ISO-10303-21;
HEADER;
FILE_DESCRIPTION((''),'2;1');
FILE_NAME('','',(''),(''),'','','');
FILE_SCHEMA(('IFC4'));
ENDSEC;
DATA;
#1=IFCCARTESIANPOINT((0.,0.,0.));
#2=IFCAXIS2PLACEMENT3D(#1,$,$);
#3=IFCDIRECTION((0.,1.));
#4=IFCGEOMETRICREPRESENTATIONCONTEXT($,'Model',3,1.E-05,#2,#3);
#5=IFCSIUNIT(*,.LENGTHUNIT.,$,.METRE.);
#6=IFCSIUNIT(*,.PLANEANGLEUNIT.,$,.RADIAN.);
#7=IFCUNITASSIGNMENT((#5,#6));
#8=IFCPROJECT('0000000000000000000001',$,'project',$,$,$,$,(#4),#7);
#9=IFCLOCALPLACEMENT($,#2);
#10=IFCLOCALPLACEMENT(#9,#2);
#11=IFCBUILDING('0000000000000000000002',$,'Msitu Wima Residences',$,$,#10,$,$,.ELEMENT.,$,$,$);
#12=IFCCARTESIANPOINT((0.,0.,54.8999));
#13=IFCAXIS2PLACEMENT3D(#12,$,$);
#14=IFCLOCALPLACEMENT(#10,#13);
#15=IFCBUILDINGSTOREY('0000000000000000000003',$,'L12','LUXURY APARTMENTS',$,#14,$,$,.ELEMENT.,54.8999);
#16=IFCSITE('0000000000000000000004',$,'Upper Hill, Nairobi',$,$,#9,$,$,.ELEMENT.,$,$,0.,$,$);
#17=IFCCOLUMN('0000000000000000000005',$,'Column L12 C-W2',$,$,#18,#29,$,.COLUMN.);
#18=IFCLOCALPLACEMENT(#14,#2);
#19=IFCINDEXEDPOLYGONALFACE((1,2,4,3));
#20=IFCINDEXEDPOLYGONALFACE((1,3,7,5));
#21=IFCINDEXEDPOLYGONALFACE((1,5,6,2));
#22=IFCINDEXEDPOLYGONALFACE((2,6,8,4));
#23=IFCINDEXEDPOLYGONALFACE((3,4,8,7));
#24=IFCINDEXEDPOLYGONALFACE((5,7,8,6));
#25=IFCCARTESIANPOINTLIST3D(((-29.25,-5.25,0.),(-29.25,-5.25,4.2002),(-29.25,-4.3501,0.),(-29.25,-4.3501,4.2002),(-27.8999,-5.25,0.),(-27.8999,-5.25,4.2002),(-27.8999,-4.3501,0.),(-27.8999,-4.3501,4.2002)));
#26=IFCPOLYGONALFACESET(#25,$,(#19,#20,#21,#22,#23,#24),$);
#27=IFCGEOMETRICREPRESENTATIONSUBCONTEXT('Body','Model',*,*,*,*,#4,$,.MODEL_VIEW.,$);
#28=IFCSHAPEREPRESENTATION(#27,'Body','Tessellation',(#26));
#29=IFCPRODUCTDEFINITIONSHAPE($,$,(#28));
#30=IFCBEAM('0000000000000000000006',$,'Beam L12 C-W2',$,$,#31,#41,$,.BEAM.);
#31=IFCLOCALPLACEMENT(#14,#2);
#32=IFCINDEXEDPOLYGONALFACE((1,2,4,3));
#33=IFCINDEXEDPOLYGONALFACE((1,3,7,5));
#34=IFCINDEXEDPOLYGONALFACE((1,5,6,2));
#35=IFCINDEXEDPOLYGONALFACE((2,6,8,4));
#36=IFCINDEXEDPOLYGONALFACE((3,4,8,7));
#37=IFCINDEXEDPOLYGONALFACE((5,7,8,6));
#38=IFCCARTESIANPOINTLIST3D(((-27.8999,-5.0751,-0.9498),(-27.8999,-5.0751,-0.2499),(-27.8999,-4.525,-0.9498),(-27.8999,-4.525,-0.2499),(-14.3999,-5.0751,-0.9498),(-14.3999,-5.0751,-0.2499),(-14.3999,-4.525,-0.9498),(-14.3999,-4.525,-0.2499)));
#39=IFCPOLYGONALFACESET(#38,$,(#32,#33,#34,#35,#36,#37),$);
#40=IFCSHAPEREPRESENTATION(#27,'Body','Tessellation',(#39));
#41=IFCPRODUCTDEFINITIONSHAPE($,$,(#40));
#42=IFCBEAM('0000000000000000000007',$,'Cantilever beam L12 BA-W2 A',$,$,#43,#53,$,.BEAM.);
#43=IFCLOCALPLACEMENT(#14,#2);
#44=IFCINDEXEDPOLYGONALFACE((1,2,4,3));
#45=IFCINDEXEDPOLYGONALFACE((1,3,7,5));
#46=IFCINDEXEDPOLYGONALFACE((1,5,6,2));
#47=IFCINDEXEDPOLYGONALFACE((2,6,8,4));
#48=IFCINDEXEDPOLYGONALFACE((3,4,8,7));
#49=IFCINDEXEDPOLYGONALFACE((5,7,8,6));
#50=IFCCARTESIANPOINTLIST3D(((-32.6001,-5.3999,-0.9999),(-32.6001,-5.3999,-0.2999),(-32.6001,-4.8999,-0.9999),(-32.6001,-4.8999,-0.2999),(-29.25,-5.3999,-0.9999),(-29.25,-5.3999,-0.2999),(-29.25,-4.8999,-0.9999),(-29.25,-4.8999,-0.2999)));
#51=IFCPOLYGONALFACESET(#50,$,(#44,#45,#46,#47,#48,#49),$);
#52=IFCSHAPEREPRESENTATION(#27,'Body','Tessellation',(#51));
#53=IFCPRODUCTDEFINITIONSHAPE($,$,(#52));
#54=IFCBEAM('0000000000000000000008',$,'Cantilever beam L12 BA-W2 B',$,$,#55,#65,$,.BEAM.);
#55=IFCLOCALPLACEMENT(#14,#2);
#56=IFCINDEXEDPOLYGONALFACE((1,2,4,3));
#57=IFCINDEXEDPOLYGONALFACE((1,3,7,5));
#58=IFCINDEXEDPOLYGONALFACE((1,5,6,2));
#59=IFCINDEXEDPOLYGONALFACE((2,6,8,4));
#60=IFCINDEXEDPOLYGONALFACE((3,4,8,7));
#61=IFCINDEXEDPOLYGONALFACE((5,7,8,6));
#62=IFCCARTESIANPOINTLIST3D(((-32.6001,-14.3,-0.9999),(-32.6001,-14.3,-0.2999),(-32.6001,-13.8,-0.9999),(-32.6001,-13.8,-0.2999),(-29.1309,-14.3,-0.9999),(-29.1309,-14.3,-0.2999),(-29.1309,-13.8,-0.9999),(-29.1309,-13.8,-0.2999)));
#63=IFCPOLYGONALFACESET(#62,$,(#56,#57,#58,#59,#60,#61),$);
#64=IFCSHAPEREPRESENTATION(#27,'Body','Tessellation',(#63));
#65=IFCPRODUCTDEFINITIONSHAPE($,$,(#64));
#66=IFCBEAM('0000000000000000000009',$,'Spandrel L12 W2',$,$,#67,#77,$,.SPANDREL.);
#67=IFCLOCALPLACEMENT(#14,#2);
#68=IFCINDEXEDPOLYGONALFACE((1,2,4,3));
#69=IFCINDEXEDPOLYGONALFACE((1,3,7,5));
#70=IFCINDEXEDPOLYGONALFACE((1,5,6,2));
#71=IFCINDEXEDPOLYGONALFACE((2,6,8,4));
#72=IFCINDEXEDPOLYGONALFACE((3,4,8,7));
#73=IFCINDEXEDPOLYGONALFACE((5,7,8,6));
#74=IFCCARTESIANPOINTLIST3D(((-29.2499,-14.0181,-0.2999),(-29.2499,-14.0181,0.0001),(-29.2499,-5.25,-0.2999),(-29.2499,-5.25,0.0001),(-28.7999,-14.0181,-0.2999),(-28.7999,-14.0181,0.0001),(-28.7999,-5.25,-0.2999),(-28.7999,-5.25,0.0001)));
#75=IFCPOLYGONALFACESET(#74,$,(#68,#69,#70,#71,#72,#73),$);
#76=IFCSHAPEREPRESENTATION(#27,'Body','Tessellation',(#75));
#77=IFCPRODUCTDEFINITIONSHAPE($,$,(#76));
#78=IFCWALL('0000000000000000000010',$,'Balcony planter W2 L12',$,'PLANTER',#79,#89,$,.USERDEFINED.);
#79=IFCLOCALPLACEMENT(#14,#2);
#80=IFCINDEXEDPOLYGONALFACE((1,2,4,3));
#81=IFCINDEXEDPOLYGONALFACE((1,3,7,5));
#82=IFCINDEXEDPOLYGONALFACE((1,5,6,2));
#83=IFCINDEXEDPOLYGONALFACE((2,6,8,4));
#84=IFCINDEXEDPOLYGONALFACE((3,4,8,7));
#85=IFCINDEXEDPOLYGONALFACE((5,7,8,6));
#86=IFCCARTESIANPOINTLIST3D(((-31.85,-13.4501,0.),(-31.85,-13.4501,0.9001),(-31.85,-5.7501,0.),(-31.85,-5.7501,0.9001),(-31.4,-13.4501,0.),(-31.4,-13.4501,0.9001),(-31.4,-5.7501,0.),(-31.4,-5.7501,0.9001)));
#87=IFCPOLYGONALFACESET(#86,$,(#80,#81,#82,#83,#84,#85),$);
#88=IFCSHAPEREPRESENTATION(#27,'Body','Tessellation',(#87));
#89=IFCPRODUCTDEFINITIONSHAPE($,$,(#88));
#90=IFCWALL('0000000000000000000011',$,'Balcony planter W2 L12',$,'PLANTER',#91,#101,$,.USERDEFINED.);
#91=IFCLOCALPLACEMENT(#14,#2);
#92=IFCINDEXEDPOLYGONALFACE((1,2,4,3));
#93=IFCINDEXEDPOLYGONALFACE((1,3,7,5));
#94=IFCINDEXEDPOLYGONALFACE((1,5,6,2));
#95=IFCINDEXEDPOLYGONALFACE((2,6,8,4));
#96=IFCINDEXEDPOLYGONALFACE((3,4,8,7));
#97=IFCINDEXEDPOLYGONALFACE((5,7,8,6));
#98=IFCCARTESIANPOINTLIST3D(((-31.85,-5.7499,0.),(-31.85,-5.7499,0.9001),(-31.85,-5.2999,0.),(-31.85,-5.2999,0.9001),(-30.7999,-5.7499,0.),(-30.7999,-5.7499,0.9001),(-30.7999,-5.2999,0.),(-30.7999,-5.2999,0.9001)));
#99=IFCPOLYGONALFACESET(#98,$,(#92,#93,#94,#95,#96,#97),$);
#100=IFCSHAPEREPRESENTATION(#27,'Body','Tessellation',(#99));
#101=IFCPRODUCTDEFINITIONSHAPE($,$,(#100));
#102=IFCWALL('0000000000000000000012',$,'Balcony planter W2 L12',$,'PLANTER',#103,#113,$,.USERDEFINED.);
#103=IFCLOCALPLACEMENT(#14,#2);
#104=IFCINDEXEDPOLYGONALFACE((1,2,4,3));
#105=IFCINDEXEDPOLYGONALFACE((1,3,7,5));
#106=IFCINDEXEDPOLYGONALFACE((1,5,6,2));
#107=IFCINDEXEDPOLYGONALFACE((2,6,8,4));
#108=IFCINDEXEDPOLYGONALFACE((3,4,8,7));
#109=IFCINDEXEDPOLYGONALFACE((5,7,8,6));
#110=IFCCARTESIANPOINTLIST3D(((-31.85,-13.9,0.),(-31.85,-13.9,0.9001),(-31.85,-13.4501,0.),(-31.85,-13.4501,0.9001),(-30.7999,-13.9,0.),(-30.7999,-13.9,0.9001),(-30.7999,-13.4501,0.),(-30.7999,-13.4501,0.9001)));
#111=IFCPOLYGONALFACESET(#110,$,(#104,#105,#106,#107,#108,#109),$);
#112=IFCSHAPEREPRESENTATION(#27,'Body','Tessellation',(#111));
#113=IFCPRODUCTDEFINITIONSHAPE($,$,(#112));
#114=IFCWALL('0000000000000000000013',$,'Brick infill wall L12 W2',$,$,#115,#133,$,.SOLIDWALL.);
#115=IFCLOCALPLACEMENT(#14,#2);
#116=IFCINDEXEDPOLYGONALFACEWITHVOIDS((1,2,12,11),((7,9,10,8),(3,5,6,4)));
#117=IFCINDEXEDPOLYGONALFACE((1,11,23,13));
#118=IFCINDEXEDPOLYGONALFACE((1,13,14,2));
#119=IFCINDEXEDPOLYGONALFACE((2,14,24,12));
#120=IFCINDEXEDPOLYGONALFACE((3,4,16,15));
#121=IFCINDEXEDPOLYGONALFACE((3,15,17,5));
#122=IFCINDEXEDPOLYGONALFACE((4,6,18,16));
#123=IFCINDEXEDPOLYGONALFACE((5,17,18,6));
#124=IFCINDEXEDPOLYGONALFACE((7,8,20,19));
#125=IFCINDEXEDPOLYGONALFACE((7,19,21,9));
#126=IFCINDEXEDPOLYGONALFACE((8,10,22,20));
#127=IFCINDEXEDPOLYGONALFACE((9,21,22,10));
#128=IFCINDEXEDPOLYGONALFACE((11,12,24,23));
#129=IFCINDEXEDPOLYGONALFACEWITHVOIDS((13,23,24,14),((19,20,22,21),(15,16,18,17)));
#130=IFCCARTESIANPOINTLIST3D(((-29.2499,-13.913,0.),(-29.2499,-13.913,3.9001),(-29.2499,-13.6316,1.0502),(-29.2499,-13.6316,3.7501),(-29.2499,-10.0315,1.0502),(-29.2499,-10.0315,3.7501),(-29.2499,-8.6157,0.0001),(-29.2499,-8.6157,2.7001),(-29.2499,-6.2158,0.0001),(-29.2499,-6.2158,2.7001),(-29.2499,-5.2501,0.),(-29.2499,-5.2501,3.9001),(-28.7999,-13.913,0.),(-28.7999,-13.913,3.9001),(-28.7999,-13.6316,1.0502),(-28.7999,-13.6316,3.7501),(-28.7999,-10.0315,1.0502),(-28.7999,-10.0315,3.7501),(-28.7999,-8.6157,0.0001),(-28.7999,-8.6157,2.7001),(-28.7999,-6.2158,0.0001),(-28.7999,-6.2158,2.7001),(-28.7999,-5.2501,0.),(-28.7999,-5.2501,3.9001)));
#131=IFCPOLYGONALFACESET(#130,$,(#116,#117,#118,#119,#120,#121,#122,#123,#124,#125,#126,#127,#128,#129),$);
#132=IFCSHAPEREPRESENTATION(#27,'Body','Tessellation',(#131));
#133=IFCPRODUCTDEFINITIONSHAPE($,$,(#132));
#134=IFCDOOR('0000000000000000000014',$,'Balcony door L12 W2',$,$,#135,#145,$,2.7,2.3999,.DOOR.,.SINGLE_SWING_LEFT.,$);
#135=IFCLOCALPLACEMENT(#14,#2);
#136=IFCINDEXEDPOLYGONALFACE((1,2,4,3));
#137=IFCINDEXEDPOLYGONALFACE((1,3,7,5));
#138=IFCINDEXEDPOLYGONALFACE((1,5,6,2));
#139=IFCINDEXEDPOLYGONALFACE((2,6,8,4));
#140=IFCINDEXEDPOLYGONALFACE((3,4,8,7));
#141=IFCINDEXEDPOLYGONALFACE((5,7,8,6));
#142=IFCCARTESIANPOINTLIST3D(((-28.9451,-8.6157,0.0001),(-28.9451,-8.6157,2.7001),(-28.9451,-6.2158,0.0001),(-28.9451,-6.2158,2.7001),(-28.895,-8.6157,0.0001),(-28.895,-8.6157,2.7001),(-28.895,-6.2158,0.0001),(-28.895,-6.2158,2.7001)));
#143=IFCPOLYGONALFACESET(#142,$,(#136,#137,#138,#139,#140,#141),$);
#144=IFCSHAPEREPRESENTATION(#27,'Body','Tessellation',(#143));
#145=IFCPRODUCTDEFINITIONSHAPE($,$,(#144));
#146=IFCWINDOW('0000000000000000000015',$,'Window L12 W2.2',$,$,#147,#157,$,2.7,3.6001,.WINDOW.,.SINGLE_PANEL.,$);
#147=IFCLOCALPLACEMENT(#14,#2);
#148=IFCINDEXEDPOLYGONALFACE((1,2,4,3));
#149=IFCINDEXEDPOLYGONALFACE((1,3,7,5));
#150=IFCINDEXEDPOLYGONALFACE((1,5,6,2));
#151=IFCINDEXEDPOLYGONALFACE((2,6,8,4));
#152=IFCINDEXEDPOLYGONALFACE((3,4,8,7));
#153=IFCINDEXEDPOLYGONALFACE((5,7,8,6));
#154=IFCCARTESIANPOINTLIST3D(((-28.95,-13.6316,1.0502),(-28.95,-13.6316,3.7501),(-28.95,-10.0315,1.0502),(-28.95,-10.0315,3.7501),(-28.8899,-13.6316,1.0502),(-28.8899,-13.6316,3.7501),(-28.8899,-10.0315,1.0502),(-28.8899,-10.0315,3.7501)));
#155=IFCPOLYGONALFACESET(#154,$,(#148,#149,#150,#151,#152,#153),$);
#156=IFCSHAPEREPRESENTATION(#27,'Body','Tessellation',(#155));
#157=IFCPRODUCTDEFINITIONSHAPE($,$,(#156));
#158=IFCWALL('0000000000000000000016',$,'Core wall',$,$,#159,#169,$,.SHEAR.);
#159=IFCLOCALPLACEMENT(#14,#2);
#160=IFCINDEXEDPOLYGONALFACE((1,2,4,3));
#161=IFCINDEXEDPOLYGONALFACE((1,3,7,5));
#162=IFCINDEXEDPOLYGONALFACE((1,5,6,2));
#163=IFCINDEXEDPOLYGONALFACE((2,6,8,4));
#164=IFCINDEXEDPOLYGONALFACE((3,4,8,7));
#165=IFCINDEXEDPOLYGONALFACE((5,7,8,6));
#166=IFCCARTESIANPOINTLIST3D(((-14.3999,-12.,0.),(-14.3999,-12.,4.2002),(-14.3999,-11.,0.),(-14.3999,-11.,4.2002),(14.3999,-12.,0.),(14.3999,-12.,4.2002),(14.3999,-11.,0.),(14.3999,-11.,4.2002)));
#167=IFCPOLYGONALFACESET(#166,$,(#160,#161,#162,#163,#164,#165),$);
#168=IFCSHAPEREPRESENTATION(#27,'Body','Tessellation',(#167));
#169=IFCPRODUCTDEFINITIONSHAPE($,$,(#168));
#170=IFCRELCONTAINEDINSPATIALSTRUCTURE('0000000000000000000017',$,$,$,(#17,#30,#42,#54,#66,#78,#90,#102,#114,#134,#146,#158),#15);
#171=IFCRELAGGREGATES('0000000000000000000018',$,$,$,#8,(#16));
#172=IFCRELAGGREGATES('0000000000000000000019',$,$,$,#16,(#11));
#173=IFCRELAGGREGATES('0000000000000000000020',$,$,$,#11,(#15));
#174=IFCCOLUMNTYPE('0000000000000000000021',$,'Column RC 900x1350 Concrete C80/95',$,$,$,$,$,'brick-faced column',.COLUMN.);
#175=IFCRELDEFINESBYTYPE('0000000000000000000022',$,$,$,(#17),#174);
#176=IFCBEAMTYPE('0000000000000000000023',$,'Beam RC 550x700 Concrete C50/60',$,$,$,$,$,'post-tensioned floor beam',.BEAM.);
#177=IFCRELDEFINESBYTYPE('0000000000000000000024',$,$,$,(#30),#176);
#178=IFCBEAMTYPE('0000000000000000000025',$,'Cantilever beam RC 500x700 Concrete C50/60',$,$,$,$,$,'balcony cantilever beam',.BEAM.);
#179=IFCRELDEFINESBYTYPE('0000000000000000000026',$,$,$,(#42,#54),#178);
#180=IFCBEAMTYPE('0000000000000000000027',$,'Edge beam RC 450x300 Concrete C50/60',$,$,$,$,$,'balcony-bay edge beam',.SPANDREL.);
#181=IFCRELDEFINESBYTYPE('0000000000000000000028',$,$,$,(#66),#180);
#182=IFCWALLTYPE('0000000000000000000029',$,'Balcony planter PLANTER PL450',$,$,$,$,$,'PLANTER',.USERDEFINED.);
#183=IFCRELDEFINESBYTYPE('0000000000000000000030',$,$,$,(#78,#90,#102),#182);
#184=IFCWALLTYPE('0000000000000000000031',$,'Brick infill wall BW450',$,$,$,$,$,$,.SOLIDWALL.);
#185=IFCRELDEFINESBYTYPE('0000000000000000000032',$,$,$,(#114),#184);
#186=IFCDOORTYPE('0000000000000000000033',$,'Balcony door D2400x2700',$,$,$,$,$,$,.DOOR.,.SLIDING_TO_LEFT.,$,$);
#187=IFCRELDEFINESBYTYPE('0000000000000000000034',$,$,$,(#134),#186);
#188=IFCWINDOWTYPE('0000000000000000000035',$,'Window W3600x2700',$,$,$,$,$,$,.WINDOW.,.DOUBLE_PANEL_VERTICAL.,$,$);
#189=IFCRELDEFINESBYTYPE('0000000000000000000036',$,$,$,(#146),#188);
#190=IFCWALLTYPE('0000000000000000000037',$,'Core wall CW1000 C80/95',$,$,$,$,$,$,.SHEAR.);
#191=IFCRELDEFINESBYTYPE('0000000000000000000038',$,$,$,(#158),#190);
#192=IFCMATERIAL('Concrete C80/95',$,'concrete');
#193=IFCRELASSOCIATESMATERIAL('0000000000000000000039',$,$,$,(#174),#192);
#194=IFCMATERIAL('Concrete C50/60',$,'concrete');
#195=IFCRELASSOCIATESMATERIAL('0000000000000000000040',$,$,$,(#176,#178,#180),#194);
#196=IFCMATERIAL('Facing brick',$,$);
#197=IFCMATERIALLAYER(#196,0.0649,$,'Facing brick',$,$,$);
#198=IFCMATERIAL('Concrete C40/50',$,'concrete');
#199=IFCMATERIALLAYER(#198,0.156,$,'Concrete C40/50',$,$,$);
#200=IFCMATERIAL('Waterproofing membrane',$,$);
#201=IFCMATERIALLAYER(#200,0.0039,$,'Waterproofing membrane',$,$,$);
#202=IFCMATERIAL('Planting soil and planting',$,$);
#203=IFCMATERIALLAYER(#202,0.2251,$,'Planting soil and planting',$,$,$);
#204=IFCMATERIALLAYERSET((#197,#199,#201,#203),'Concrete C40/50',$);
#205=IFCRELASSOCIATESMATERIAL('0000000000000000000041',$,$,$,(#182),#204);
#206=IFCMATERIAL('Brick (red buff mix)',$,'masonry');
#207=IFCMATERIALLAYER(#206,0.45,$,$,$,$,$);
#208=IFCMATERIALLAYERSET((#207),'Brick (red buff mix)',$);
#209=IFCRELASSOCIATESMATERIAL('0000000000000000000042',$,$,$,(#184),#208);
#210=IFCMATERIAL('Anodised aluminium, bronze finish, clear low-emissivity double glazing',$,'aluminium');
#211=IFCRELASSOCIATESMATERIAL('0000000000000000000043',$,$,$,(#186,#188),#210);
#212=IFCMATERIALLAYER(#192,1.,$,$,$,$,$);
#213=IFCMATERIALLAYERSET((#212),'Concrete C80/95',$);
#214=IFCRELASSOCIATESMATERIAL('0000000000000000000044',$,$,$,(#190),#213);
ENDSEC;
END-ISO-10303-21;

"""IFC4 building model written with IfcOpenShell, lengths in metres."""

from ifc_helpers import new_model, si_unit, direction, frame, frame_2d, origin, origin_2d, place, context, subcontext, project, spatial, rectangle, extrude, material, layer, layer_set, material_profile, profile_set, type_object, element, fill, save


model = new_model("IFC4")

# Units and contexts
model_context = context("Model", 3, precision=1e-05, world=origin(), true_north=direction((0.0, 1.0)))
body_context = subcontext(model_context, "Body", "Model", "MODEL_VIEW")
ifc_project = project(units=[si_unit("LENGTHUNIT", "METRE"), si_unit("PLANEANGLEUNIT", "RADIAN")], contexts=[model_context])

# Site, building, storey
site_placement = place(None, origin())
site = spatial("IfcSite", under=ifc_project, at=site_placement, Name="Upper Hill, Nairobi", CompositionType="ELEMENT", RefElevation=0.0)
building_placement = place(site_placement, origin())
building = spatial("IfcBuilding", under=site, at=building_placement, Name="Msitu Wima Residences", CompositionType="ELEMENT")
storey_placement = place(building_placement, frame((0.0, 0.0, 54.8999)))
storey = spatial("IfcBuildingStorey", under=building, at=storey_placement, Name="L12", Description="LUXURY APARTMENTS", CompositionType="ELEMENT", Elevation=54.8999)

# Column
ifc_material_1 = material(Name="Concrete C80/95", Category="concrete")
ifc_material_profile_1 = material_profile(ifc_material_1, rectangle(XDim=0.8999, YDim=1.3501, at=origin_2d()), Name="RC 900x1350")
ifc_profile_set_1 = profile_set([ifc_material_profile_1], Name="Concrete C80/95")
column_type = type_object("IfcColumnType", Name="Column RC 900x1350 Concrete C80/95", ElementType="brick-faced column", PredefinedType="COLUMN", material=ifc_profile_set_1)
column_placement = place(storey_placement, frame((-28.575, -4.8, 0.0), z_axis=(0.0, 0.0, 1.0), x_axis=(0.0, -1.0, 0.0)))
element("IfcColumn", 1, at=column_placement, inside=storey, type_object=column_type, Name="Column L12 C-W2", PredefinedType="COLUMN", context=body_context, shape_type="SweptSolid", body=[
    extrude(rectangle(XDim=0.8999, YDim=1.3501, at=origin_2d()), origin(), (0.0, 0.0, 1.0), 4.2002),
])

# Beams
ifc_material_2 = material(Name="Concrete C50/60", Category="concrete")
ifc_material_profile_2 = material_profile(ifc_material_2, rectangle(XDim=0.55, YDim=0.7, at=origin_2d()), Name="RC 550x700")
ifc_profile_set_2 = profile_set([ifc_material_profile_2], Name="Concrete C50/60")
beam_type_1 = type_object("IfcBeamType", Name="Beam RC 550x700 Concrete C50/60", ElementType="post-tensioned floor beam", PredefinedType="BEAM", material=ifc_profile_set_2)
beam_1_placement = place(storey_placement, frame((-27.8999, -4.8, -0.5999), z_axis=(1.0, 0.0, 0.0), x_axis=(0.0, 1.0, 0.0)))
element("IfcBeam", 2, at=beam_1_placement, inside=storey, type_object=beam_type_1, Name="Beam L12 C-W2", PredefinedType="BEAM", context=body_context, shape_type="SweptSolid", body=[
    extrude(rectangle(XDim=0.55, YDim=0.7, at=origin_2d()), origin(), (0.0, 0.0, 1.0), 13.5),
])
ifc_material_profile_3 = material_profile(ifc_material_2, rectangle(XDim=0.5, YDim=0.7, at=origin_2d()), Name="RC 500x700")
ifc_profile_set_3 = profile_set([ifc_material_profile_3], Name="Concrete C50/60")
beam_type_2 = type_object("IfcBeamType", Name="Cantilever beam RC 500x700 Concrete C50/60", ElementType="balcony cantilever beam", PredefinedType="BEAM", material=ifc_profile_set_3)
beam_2_placement = place(storey_placement, frame((-29.25, -5.1499, -0.6499), z_axis=(-1.0, 0.0, 0.0), x_axis=(0.0, -1.0, 0.0)))
element("IfcBeam", 3, at=beam_2_placement, inside=storey, type_object=beam_type_2, Name="Cantilever beam L12 BA-W2 A", PredefinedType="BEAM", context=body_context, shape_type="SweptSolid", body=[
    extrude(rectangle(XDim=0.5, YDim=0.7, at=origin_2d()), origin(), (0.0, 0.0, 1.0), 3.3501),
])
beam_3_placement = place(storey_placement, frame((-29.1309, -14.05, -0.6499), z_axis=(-1.0, 0.0, 0.0), x_axis=(0.0, -1.0, 0.0)))
element("IfcBeam", 4, at=beam_3_placement, inside=storey, type_object=beam_type_2, Name="Cantilever beam L12 BA-W2 B", PredefinedType="BEAM", context=body_context, shape_type="SweptSolid", body=[
    extrude(rectangle(XDim=0.5, YDim=0.7, at=origin_2d()), origin(), (0.0, 0.0, 1.0), 3.4692),
])
ifc_material_profile_4 = material_profile(ifc_material_2, rectangle(XDim=0.45, YDim=0.3, at=origin_2d()), Name="RC 450x300")
ifc_profile_set_4 = profile_set([ifc_material_profile_4], Name="Concrete C50/60")
beam_type_3 = type_object("IfcBeamType", Name="Edge beam RC 450x300 Concrete C50/60", ElementType="balcony-bay edge beam", PredefinedType="SPANDREL", material=ifc_profile_set_4)
beam_4_placement = place(storey_placement, frame((-29.0249, -5.25, -0.1499), z_axis=(0.0, -1.0, 0.0), x_axis=(1.0, 0.0, 0.0)))
element("IfcBeam", 5, at=beam_4_placement, inside=storey, type_object=beam_type_3, Name="Spandrel L12 W2", PredefinedType="SPANDREL", context=body_context, shape_type="SweptSolid", body=[
    extrude(rectangle(XDim=0.45, YDim=0.3, at=origin_2d()), origin(), (0.0, 0.0, 1.0), 8.7681),
])

# Walls
ifc_material_3 = material(Name="Facing brick")
ifc_layer_1 = layer(ifc_material_3, 0.0649, Name="Facing brick")
ifc_material_4 = material(Name="Concrete C40/50", Category="concrete")
ifc_layer_2 = layer(ifc_material_4, 0.156, Name="Concrete C40/50")
ifc_material_5 = material(Name="Waterproofing membrane")
ifc_layer_3 = layer(ifc_material_5, 0.0039, Name="Waterproofing membrane")
ifc_material_6 = material(Name="Planting soil and planting")
ifc_layer_4 = layer(ifc_material_6, 0.2251, Name="Planting soil and planting")
ifc_layer_set_1 = layer_set([ifc_layer_1, ifc_layer_2, ifc_layer_3, ifc_layer_4], Name="Concrete C40/50")
wall_type_1 = type_object("IfcWallType", Name="Balcony planter PLANTER PL450", ElementType="PLANTER", PredefinedType="USERDEFINED", material=ifc_layer_set_1)
wall_1_placement = place(storey_placement, frame((-31.625, -5.75, 0.0), z_axis=(0.0, 0.0, 1.0), x_axis=(0.0, -1.0, 0.0)))
element("IfcWall", 6, at=wall_1_placement, inside=storey, type_object=wall_type_1, Name="Balcony planter W2 L12", ObjectType="PLANTER", PredefinedType="USERDEFINED", context=body_context, shape_type="SweptSolid", body=[
    extrude(rectangle(XDim=7.7, YDim=0.45, at=frame_2d((3.8501, 0.0))), origin(), (0.0, 0.0, 1.0), 0.9001),
])
for number, where, z_axis, x_axis, name in (
    (7, (-30.8, -5.5249, 0.0), (0.0, 0.0, 1.0), (-1.0, 0.0, 0.0), "Balcony planter W2 L12"),
    (8, (-30.8, -13.675, 0.0), (0.0, 0.0, 1.0), (-1.0, 0.0, 0.0), "Balcony planter W2 L12"),
):
    element("IfcWall", number, at=place(storey_placement, frame(where, z_axis=z_axis, x_axis=x_axis)), inside=storey, type_object=wall_type_1, Name=name, ObjectType="PLANTER", PredefinedType="USERDEFINED", context=body_context, shape_type="SweptSolid", body=[
        extrude(rectangle(XDim=1.05, YDim=0.45, at=frame_2d((0.5249, 0.0))), origin(), (0.0, 0.0, 1.0), 0.9001),
    ])

# Wall, openings, door, window
ifc_material_7 = material(Name="Brick (red buff mix)", Category="masonry")
ifc_layer_5 = layer(ifc_material_7, 0.45)
ifc_layer_set_2 = layer_set([ifc_layer_5], Name="Brick (red buff mix)")
wall_type_2 = type_object("IfcWallType", Name="Brick infill wall BW450", PredefinedType="SOLIDWALL", material=ifc_layer_set_2)
wall_2_placement = place(storey_placement, frame((-29.0249, -5.25, 0.0), z_axis=(0.0, 0.0, 1.0), x_axis=(0.0, -1.0, 0.0)))
wall_2 = element("IfcWall", 9, at=wall_2_placement, inside=storey, type_object=wall_type_2, Name="Brick infill wall L12 W2", PredefinedType="SOLIDWALL", context=body_context, shape_type="SweptSolid", body=[
    extrude(rectangle(XDim=8.6628, YDim=0.45, at=frame_2d((4.3315, 0.0))), origin(), (0.0, 0.0, 1.0), 3.9001),
])
opening_1_placement = place(wall_2_placement, frame((0.9658, 0.0, 0.0)))
opening_1 = element("IfcOpeningElement", 10, at=opening_1_placement, cuts=wall_2, PredefinedType="OPENING", context=body_context, shape_type="SweptSolid", body=[
    extrude(rectangle(XDim=2.3999, YDim=2.7, at=frame_2d((1.2, 1.3501))), frame((0.0, 0.2349, 0.0), z_axis=(0.0, -1.0, 0.0), x_axis=(1.0, 0.0, 0.0)), (0.0, 0.0, 1.0), 0.47),
])
opening_2_placement = place(wall_2_placement, frame((4.7815, 0.0, 1.05)))
opening_2 = element("IfcOpeningElement", 11, at=opening_2_placement, cuts=wall_2, PredefinedType="OPENING", context=body_context, shape_type="SweptSolid", body=[
    extrude(rectangle(XDim=3.6001, YDim=2.7, at=frame_2d((1.8, 1.3501))), frame((0.0, 0.2349, 0.0), z_axis=(0.0, -1.0, 0.0), x_axis=(1.0, 0.0, 0.0)), (0.0, 0.0, 1.0), 0.47),
])
ifc_material_8 = material(Name="Anodised aluminium, bronze finish, clear low-emissivity double glazing", Category="aluminium")
door_type_1 = type_object("IfcDoorType", Name="Balcony door D2400x2700", OperationType="SLIDING_TO_LEFT", PredefinedType="DOOR", material=ifc_material_8)
door_1_placement = place(opening_1_placement, origin())
door_1 = element("IfcDoor", 12, at=door_1_placement, inside=storey, type_object=door_type_1, Name="Balcony door L12 W2", OperationType="SINGLE_SWING_LEFT", OverallHeight=2.7, OverallWidth=2.3999, PredefinedType="DOOR", context=body_context, shape_type="SweptSolid", body=[
    extrude(rectangle(XDim=2.3999, YDim=2.7, at=frame_2d((1.2, 1.3501))), frame((0.0, 0.1299, 0.0), z_axis=(0.0, -1.0, 0.0), x_axis=(1.0, 0.0, 0.0)), (0.0, 0.0, 1.0), 0.05),
])
fill(opening_1, door_1)
window_type = type_object("IfcWindowType", Name="Window W3600x2700", PartitioningType="DOUBLE_PANEL_VERTICAL", PredefinedType="WINDOW", material=ifc_material_8)
window_placement = place(opening_2_placement, origin())
window = element("IfcWindow", 13, at=window_placement, inside=storey, type_object=window_type, Name="Window L12 W2.2", OverallHeight=2.7, OverallWidth=3.6001, PartitioningType="SINGLE_PANEL", PredefinedType="WINDOW", context=body_context, shape_type="SweptSolid", body=[
    extrude(rectangle(XDim=3.6001, YDim=2.7, at=frame_2d((1.8, 1.3501))), frame((0.0, 0.135, 0.0), z_axis=(0.0, -1.0, 0.0), x_axis=(1.0, 0.0, 0.0)), (0.0, 0.0, 1.0), 0.0601),
])
fill(opening_2, window)

# Wall
ifc_layer_6 = layer(ifc_material_1, 1.0)
ifc_layer_set_3 = layer_set([ifc_layer_6], Name="Concrete C80/95")
wall_type_3 = type_object("IfcWallType", Name="Core wall CW1000 C80/95", PredefinedType="SHEAR", material=ifc_layer_set_3)
wall_3_placement = place(storey_placement, frame((-14.3999, -11.5, 0.0), z_axis=(0.0, 0.0, 1.0), x_axis=(1.0, 0.0, 0.0)))
element("IfcWall", 14, at=wall_3_placement, inside=storey, type_object=wall_type_3, Name="Core wall", PredefinedType="SHEAR", context=body_context, shape_type="SweptSolid", body=[
    extrude(rectangle(XDim=28.7998, YDim=1.0, at=frame_2d((14.3999, 0.0))), origin(), (0.0, 0.0, 1.0), 4.2002),
])

save(model, "model.ifc")
